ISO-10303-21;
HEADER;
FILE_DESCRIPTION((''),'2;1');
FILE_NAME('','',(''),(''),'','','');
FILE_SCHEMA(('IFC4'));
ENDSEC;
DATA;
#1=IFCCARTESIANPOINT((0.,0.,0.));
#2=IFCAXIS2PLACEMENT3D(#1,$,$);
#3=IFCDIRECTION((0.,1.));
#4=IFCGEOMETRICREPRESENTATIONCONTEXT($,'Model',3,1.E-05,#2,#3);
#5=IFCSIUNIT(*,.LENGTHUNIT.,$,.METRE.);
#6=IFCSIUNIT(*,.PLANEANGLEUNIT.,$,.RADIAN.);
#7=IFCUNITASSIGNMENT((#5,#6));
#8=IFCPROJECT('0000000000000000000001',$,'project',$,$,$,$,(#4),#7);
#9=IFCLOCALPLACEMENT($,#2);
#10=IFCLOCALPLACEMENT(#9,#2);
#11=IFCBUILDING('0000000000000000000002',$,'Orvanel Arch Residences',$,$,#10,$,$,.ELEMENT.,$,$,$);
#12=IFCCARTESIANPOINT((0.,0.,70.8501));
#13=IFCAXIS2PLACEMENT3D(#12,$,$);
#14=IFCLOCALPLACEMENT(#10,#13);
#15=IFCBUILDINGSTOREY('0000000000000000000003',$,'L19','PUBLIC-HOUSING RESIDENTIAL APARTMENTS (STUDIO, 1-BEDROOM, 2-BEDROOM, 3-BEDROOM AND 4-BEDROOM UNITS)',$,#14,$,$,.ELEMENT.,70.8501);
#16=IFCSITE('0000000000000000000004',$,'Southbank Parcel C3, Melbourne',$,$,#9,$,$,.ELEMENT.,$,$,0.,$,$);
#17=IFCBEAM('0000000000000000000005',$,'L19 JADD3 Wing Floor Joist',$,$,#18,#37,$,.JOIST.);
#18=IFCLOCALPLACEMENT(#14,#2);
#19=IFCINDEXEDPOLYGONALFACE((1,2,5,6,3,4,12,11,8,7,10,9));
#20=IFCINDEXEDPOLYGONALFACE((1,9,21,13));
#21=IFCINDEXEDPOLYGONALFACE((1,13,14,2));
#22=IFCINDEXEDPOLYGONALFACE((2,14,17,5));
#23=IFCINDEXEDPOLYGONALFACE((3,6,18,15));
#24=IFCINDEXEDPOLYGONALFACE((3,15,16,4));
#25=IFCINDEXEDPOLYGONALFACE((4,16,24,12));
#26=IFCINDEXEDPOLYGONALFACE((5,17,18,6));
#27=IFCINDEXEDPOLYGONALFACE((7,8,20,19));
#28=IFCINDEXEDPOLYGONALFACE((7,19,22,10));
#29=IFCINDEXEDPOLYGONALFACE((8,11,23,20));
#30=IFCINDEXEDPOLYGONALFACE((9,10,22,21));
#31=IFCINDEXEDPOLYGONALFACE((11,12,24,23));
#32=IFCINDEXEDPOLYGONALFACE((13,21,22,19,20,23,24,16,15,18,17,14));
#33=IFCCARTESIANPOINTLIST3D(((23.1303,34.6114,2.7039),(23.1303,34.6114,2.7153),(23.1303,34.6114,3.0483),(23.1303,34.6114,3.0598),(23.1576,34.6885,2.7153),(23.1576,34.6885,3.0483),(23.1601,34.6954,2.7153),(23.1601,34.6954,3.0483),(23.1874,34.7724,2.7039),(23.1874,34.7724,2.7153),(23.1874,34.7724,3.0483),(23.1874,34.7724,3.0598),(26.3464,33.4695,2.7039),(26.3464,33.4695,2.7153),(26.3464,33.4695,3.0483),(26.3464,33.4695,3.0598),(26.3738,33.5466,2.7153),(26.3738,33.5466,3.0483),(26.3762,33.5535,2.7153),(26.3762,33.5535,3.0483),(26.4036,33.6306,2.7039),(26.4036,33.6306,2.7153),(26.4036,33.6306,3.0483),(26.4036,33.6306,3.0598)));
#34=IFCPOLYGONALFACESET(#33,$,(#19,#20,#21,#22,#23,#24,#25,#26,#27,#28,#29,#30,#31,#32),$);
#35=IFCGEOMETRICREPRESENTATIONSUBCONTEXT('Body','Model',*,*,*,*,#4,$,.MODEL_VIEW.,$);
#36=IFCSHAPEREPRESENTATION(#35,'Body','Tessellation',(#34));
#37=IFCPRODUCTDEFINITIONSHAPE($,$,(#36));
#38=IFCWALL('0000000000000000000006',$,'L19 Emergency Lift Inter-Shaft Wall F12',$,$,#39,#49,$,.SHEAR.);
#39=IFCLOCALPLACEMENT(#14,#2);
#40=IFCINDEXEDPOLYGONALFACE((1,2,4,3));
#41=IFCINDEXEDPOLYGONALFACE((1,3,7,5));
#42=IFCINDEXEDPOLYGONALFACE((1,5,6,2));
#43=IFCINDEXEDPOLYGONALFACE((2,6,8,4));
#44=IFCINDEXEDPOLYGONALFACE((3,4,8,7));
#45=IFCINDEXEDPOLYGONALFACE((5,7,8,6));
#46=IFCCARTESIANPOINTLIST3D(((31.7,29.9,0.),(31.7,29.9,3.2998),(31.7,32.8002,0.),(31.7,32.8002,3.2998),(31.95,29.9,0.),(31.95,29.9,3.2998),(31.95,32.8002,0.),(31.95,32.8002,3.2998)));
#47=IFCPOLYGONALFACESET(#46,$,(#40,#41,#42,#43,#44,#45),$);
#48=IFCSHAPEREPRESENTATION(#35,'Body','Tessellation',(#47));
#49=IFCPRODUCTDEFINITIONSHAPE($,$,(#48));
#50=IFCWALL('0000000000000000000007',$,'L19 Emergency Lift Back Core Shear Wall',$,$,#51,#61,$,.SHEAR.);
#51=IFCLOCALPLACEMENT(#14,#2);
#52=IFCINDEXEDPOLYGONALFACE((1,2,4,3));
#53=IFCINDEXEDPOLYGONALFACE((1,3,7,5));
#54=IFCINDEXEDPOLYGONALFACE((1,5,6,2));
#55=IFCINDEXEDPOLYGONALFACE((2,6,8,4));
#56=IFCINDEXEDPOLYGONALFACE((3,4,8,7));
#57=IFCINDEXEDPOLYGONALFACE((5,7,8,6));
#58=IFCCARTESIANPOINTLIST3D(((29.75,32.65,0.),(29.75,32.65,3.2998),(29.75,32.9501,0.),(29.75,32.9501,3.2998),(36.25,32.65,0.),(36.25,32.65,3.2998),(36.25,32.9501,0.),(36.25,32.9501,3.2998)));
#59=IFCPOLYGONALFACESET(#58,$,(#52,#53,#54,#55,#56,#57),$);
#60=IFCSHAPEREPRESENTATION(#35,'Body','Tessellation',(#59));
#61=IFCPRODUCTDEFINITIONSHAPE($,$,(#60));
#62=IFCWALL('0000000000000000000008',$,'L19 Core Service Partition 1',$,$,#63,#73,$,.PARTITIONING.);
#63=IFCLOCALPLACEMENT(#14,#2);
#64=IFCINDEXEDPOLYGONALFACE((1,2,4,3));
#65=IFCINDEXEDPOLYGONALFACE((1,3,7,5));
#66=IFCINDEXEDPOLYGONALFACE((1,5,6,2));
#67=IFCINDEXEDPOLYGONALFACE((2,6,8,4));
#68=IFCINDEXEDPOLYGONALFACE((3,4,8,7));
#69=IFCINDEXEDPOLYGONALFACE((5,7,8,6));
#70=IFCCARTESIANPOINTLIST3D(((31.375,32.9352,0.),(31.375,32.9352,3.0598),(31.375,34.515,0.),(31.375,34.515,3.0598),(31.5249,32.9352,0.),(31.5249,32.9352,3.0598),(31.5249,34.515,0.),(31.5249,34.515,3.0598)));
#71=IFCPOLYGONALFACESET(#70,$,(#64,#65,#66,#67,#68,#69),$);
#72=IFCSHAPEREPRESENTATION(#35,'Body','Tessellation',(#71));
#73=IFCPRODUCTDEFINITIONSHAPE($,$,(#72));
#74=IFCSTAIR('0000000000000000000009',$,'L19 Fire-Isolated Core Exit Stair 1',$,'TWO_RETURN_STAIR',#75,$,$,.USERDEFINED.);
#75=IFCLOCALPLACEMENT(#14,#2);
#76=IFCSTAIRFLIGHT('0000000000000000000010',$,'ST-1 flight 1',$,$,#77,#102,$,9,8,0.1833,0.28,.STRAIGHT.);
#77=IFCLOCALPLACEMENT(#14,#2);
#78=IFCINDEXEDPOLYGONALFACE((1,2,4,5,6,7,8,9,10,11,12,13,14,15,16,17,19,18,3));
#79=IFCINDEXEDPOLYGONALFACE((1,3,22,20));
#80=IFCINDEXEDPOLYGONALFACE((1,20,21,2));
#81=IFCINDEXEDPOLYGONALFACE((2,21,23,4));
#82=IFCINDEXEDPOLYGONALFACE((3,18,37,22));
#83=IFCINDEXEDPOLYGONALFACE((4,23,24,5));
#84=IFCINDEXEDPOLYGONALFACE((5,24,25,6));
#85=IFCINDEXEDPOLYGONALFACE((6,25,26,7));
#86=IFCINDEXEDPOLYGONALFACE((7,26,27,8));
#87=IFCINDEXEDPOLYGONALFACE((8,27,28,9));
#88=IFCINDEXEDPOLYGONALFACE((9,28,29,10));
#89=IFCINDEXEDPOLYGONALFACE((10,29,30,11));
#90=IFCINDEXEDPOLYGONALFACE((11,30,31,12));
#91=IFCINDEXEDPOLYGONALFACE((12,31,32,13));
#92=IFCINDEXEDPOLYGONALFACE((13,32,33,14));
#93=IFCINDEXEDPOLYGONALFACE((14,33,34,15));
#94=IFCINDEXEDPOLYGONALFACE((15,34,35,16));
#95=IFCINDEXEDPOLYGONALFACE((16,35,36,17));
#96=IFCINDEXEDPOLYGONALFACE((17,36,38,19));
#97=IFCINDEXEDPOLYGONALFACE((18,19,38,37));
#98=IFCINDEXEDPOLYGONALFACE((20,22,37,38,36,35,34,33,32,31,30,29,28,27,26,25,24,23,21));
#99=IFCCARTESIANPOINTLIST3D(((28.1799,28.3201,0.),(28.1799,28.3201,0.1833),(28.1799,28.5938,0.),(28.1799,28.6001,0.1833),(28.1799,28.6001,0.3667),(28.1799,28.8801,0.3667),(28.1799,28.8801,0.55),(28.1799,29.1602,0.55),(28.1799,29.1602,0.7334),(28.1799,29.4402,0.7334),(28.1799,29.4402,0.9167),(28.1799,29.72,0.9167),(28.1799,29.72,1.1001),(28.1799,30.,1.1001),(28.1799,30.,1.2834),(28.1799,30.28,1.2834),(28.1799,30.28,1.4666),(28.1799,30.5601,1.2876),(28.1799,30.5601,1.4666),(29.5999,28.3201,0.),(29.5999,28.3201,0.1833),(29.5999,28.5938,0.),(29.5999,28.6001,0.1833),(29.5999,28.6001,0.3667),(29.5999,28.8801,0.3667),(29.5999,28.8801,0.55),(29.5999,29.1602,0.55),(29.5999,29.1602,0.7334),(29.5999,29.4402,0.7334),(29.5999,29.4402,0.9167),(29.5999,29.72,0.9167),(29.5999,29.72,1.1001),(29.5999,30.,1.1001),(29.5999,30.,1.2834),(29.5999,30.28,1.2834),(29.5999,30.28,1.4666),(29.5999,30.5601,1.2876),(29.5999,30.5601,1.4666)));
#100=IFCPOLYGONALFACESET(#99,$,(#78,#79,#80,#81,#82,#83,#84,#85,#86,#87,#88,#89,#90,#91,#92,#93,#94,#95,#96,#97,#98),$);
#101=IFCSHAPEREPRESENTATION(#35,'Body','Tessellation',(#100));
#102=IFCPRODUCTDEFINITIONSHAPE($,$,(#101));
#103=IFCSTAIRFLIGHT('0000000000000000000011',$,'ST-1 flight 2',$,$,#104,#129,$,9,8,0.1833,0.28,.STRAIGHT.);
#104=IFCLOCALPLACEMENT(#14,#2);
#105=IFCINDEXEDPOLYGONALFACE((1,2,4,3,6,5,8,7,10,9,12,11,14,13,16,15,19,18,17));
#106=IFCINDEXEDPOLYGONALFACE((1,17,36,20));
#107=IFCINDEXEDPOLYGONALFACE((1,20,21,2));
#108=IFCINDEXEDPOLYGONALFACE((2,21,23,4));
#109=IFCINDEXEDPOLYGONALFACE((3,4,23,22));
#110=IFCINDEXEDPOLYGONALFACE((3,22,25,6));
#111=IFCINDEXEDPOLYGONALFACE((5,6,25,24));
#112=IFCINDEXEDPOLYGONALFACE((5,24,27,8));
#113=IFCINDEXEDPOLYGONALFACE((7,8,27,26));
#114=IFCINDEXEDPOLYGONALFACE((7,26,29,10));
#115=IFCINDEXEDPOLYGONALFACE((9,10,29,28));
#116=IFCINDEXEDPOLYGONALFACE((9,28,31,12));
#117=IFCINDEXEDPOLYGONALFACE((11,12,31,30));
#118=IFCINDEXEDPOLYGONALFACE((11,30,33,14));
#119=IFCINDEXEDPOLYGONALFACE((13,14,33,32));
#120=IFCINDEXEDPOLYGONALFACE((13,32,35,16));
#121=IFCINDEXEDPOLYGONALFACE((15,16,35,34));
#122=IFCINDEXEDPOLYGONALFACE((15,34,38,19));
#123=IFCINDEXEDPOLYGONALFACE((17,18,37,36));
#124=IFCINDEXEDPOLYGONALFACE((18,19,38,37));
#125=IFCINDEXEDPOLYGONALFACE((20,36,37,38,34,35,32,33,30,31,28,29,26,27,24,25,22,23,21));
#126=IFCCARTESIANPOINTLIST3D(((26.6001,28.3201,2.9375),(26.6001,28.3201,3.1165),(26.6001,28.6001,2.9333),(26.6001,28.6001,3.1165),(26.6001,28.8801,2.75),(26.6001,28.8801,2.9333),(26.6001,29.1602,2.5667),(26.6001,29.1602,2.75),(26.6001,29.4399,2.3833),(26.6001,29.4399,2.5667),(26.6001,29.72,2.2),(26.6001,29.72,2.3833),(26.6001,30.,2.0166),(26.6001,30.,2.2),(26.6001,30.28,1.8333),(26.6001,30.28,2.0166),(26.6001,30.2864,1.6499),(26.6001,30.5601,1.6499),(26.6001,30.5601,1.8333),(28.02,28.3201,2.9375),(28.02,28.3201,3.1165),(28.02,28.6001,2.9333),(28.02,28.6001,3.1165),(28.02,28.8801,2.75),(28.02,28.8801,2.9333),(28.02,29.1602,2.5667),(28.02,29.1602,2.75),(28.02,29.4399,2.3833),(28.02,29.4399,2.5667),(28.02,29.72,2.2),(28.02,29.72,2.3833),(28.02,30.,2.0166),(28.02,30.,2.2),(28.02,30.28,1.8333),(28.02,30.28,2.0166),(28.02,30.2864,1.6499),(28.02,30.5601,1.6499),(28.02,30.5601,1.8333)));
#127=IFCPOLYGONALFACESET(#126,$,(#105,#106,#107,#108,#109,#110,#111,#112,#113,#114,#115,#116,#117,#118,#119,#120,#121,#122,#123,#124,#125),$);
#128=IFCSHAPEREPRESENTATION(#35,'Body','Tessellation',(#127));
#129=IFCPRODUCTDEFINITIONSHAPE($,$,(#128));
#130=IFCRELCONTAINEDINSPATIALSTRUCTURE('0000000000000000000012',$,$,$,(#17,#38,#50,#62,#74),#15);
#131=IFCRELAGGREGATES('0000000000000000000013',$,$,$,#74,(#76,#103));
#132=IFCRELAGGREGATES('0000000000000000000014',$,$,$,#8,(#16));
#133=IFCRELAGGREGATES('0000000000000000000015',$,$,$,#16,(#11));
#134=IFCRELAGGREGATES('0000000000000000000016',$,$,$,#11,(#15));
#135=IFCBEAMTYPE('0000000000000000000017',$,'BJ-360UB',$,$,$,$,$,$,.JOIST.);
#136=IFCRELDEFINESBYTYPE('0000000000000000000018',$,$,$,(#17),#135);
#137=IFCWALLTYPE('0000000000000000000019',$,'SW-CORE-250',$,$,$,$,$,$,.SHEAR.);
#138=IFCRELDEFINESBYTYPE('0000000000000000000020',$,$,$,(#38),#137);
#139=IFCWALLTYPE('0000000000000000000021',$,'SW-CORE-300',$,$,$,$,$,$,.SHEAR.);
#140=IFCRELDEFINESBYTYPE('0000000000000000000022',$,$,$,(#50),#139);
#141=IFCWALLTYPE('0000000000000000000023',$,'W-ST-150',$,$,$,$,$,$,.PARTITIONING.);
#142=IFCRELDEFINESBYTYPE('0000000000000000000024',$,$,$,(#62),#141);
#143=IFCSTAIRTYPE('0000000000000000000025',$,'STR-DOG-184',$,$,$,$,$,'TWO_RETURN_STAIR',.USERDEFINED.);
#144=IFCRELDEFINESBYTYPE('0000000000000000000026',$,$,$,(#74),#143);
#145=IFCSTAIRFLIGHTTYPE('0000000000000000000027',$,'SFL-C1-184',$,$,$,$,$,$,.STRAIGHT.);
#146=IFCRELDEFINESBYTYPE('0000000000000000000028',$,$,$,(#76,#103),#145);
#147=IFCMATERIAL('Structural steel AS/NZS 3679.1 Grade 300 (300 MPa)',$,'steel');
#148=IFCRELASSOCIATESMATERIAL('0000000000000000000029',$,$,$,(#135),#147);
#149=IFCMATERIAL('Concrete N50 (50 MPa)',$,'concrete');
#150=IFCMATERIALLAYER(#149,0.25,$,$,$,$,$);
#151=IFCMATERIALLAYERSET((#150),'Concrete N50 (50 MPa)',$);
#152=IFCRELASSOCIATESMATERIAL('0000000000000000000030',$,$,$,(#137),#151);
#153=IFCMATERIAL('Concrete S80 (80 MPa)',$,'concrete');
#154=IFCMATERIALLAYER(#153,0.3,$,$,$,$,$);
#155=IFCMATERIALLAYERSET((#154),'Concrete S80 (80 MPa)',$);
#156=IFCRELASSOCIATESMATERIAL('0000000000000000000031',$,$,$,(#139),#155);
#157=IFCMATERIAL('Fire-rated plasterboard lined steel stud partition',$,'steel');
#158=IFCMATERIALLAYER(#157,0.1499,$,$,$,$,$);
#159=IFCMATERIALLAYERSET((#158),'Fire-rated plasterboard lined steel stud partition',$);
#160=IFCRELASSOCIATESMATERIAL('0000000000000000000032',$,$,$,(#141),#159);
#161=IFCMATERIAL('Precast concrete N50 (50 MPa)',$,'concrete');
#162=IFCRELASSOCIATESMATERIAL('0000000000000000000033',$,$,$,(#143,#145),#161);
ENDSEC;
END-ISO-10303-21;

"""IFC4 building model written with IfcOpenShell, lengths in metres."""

from ifc_helpers import new_model, si_unit, direction, frame, frame_2d, origin, origin_2d, place, context, subcontext, project, spatial, polyline, rectangle, i_section, outline, extrude, material, layer, layer_set, material_profile, profile_set, type_object, element, aggregate, save


model = new_model("IFC4")

# Units and contexts
model_context = context("Model", 3, precision=1e-05, world=origin(), true_north=direction((0.0, 1.0)))
body_context = subcontext(model_context, "Body", "Model", "MODEL_VIEW")
ifc_project = project(units=[si_unit("LENGTHUNIT", "METRE"), si_unit("PLANEANGLEUNIT", "RADIAN")], contexts=[model_context])

# Site, building, storey
site_placement = place(None, origin())
site = spatial("IfcSite", under=ifc_project, at=site_placement, Name="Southbank Parcel C3, Melbourne", CompositionType="ELEMENT", RefElevation=0.0)
building_placement = place(site_placement, origin())
building = spatial("IfcBuilding", under=site, at=building_placement, Name="Orvanel Arch Residences", CompositionType="ELEMENT")
storey_placement = place(building_placement, frame((0.0, 0.0, 70.8501)))
storey = spatial("IfcBuildingStorey", under=building, at=storey_placement, Name="L19", Description="PUBLIC-HOUSING RESIDENTIAL APARTMENTS (STUDIO, 1-BEDROOM, 2-BEDROOM, 3-BEDROOM AND 4-BEDROOM UNITS)", CompositionType="ELEMENT", Elevation=70.8501)

# Beam
ifc_material_1 = material(Name="Structural steel AS/NZS 3679.1 Grade 300 (300 MPa)", Category="steel")
ifc_material_profile_1 = material_profile(ifc_material_1, i_section(OverallWidth=0.1709, OverallDepth=0.356, WebThickness=0.0073, FlangeThickness=0.0115, at=origin_2d()), Name="360UB50.7")
ifc_profile_set_1 = profile_set([ifc_material_profile_1], Name="Structural steel AS/NZS 3679.1 Grade 300 (300 MPa)")
beam_type_1 = type_object("IfcBeamType", Name="BJ-360UB", PredefinedType="JOIST", material=ifc_profile_set_1)
beam_1_placement = place(storey_placement, frame((26.375, 33.55, 2.8818), z_axis=(-0.942367, 0.334582, 0.0), x_axis=(-0.334582, -0.942367, 0.0)))
element("IfcBeam", 1, at=beam_1_placement, inside=storey, type_object=beam_type_1, Name="L19 JADD3 Wing Floor Joist", PredefinedType="JOIST", context=body_context, shape_type="SweptSolid", body=[
    extrude(i_section(OverallWidth=0.1709, OverallDepth=0.356, WebThickness=0.0073, FlangeThickness=0.0115, at=origin_2d()), origin(), (0.0, 0.0, 1.0), 3.4128),
])

# Wall
ifc_material_2 = material(Name="Concrete N50 (50 MPa)", Category="concrete")
ifc_layer_1 = layer(ifc_material_2, 0.25)
ifc_layer_set_1 = layer_set([ifc_layer_1], Name="Concrete N50 (50 MPa)")
wall_type_1 = type_object("IfcWallType", Name="SW-CORE-250", PredefinedType="SHEAR", material=ifc_layer_set_1)
wall_1_placement = place(storey_placement, frame((31.825, 29.8999, 0.0), z_axis=(0.0, 0.0, 1.0), x_axis=(0.0, 1.0, 0.0)))
element("IfcWall", 2, at=wall_1_placement, inside=storey, type_object=wall_type_1, Name="L19 Emergency Lift Inter-Shaft Wall F12", PredefinedType="SHEAR", context=body_context, shape_type="SweptSolid", body=[
    extrude(rectangle(XDim=2.9001, YDim=0.25, at=frame_2d((1.4502, 0.0))), origin(), (0.0, 0.0, 1.0), 3.2998),
])

# Shared definitions
ifc_material_3 = material(Name="Concrete S80 (80 MPa)", Category="concrete")
ifc_layer_2 = layer(ifc_material_3, 0.3)
ifc_layer_set_2 = layer_set([ifc_layer_2], Name="Concrete S80 (80 MPa)")
wall_type_2 = type_object("IfcWallType", Name="SW-CORE-300", PredefinedType="SHEAR", material=ifc_layer_set_2)

# Walls
wall_2_placement = place(storey_placement, frame((29.75, 32.8, 0.0), z_axis=(0.0, 0.0, 1.0), x_axis=(1.0, 0.0, 0.0)))
element("IfcWall", 3, at=wall_2_placement, inside=storey, type_object=wall_type_2, Name="L19 Emergency Lift Back Core Shear Wall", PredefinedType="SHEAR", context=body_context, shape_type="SweptSolid", body=[
    extrude(rectangle(XDim=6.5, YDim=0.3, at=frame_2d((3.25, 0.0))), origin(), (0.0, 0.0, 1.0), 3.2998),
])
ifc_material_4 = material(Name="Fire-rated plasterboard lined steel stud partition", Category="steel")
ifc_layer_3 = layer(ifc_material_4, 0.1499)
ifc_layer_set_3 = layer_set([ifc_layer_3], Name="Fire-rated plasterboard lined steel stud partition")
wall_type_3 = type_object("IfcWallType", Name="W-ST-150", PredefinedType="PARTITIONING", material=ifc_layer_set_3)
wall_3_placement = place(storey_placement, frame((31.45, 32.9351, 0.0), z_axis=(0.0, 0.0, 1.0), x_axis=(0.0, 1.0, 0.0)))
element("IfcWall", 4, at=wall_3_placement, inside=storey, type_object=wall_type_3, Name="L19 Core Service Partition 1", PredefinedType="PARTITIONING", context=body_context, shape_type="SweptSolid", body=[
    extrude(rectangle(XDim=1.5798, YDim=0.1499, at=frame_2d((0.79, 0.0))), origin(), (0.0, 0.0, 1.0), 3.0598),
])

# Stair, stair flights
ifc_material_5 = material(Name="Precast concrete N50 (50 MPa)", Category="concrete")
stair_type = type_object("IfcStairType", Name="STR-DOG-184", ElementType="TWO_RETURN_STAIR", PredefinedType="USERDEFINED", material=ifc_material_5)
stair_placement = place(storey_placement, origin())
stair = element("IfcStair", 5, at=stair_placement, inside=storey, type_object=stair_type, Name="L19 Fire-Isolated Core Exit Stair 1", ObjectType="TWO_RETURN_STAIR", PredefinedType="USERDEFINED")
stair_flight_type = type_object("IfcStairFlightType", Name="SFL-C1-184", PredefinedType="STRAIGHT", material=ifc_material_5)
stair_flight_1_placement = place(storey_placement, frame((28.8899, 28.3201, 0.0), z_axis=(0.0, 0.0, 1.0), x_axis=(0.0, 1.0, 0.0)))
stair_flight_1 = element("IfcStairFlight", 6, at=stair_flight_1_placement, type_object=stair_flight_type, Name="ST-1 flight 1", NumberOfRisers=9, NumberOfTreads=8, PredefinedType="STRAIGHT", RiserHeight=0.1833, TreadLength=0.28, context=body_context, shape_type="SweptSolid", body=[
    extrude(outline(polyline([(0.0, 0.0), (0.0, 0.1833), (0.28, 0.1833), (0.28, 0.3667), (0.5601, 0.3667), (0.5601, 0.55), (0.8401, 0.55), (0.8401, 0.7334), (1.1201, 0.7334), (1.1201, 0.9167), (1.3999, 0.9167), (1.3999, 1.1001), (1.6799, 1.1001), (1.6799, 1.2834), (1.96, 1.2834), (1.96, 1.4666), (2.24, 1.4666), (2.24, 1.6499), (2.24, 1.2876), (0.2737, 0.0), (0.0, 0.0)])), frame((0.0, 0.71, 0.0), z_axis=(0.0, -1.0, 0.0), x_axis=(1.0, 0.0, 0.0)), (0.0, 0.0, 1.0), 1.4199),
])
stair_flight_2_placement = place(storey_placement, frame((27.3101, 30.5601, 1.6499), z_axis=(0.0, 0.0, 1.0), x_axis=(0.0, -1.0, 0.0)))
stair_flight_2 = element("IfcStairFlight", 7, at=stair_flight_2_placement, type_object=stair_flight_type, Name="ST-1 flight 2", NumberOfRisers=9, NumberOfTreads=8, PredefinedType="STRAIGHT", RiserHeight=0.1833, TreadLength=0.28, context=body_context, shape_type="SweptSolid", body=[
    extrude(outline(polyline([(0.0, 0.0), (0.0, 0.1833), (0.28, 0.1833), (0.28, 0.3667), (0.5601, 0.3667), (0.5601, 0.55), (0.8401, 0.55), (0.8401, 0.7334), (1.1201, 0.7334), (1.1201, 0.9167), (1.3999, 0.9167), (1.3999, 1.1001), (1.6799, 1.1001), (1.6799, 1.2834), (1.96, 1.2834), (1.96, 1.4666), (2.24, 1.4666), (2.24, 1.6499), (2.24, 1.2876), (0.2737, 0.0), (0.0, 0.0)])), frame((0.0, 0.71, 0.0), z_axis=(0.0, -1.0, 0.0), x_axis=(1.0, 0.0, 0.0)), (0.0, 0.0, 1.0), 1.4199),
])
aggregate(stair, [stair_flight_1, stair_flight_2])

save(model, "model.ifc")
